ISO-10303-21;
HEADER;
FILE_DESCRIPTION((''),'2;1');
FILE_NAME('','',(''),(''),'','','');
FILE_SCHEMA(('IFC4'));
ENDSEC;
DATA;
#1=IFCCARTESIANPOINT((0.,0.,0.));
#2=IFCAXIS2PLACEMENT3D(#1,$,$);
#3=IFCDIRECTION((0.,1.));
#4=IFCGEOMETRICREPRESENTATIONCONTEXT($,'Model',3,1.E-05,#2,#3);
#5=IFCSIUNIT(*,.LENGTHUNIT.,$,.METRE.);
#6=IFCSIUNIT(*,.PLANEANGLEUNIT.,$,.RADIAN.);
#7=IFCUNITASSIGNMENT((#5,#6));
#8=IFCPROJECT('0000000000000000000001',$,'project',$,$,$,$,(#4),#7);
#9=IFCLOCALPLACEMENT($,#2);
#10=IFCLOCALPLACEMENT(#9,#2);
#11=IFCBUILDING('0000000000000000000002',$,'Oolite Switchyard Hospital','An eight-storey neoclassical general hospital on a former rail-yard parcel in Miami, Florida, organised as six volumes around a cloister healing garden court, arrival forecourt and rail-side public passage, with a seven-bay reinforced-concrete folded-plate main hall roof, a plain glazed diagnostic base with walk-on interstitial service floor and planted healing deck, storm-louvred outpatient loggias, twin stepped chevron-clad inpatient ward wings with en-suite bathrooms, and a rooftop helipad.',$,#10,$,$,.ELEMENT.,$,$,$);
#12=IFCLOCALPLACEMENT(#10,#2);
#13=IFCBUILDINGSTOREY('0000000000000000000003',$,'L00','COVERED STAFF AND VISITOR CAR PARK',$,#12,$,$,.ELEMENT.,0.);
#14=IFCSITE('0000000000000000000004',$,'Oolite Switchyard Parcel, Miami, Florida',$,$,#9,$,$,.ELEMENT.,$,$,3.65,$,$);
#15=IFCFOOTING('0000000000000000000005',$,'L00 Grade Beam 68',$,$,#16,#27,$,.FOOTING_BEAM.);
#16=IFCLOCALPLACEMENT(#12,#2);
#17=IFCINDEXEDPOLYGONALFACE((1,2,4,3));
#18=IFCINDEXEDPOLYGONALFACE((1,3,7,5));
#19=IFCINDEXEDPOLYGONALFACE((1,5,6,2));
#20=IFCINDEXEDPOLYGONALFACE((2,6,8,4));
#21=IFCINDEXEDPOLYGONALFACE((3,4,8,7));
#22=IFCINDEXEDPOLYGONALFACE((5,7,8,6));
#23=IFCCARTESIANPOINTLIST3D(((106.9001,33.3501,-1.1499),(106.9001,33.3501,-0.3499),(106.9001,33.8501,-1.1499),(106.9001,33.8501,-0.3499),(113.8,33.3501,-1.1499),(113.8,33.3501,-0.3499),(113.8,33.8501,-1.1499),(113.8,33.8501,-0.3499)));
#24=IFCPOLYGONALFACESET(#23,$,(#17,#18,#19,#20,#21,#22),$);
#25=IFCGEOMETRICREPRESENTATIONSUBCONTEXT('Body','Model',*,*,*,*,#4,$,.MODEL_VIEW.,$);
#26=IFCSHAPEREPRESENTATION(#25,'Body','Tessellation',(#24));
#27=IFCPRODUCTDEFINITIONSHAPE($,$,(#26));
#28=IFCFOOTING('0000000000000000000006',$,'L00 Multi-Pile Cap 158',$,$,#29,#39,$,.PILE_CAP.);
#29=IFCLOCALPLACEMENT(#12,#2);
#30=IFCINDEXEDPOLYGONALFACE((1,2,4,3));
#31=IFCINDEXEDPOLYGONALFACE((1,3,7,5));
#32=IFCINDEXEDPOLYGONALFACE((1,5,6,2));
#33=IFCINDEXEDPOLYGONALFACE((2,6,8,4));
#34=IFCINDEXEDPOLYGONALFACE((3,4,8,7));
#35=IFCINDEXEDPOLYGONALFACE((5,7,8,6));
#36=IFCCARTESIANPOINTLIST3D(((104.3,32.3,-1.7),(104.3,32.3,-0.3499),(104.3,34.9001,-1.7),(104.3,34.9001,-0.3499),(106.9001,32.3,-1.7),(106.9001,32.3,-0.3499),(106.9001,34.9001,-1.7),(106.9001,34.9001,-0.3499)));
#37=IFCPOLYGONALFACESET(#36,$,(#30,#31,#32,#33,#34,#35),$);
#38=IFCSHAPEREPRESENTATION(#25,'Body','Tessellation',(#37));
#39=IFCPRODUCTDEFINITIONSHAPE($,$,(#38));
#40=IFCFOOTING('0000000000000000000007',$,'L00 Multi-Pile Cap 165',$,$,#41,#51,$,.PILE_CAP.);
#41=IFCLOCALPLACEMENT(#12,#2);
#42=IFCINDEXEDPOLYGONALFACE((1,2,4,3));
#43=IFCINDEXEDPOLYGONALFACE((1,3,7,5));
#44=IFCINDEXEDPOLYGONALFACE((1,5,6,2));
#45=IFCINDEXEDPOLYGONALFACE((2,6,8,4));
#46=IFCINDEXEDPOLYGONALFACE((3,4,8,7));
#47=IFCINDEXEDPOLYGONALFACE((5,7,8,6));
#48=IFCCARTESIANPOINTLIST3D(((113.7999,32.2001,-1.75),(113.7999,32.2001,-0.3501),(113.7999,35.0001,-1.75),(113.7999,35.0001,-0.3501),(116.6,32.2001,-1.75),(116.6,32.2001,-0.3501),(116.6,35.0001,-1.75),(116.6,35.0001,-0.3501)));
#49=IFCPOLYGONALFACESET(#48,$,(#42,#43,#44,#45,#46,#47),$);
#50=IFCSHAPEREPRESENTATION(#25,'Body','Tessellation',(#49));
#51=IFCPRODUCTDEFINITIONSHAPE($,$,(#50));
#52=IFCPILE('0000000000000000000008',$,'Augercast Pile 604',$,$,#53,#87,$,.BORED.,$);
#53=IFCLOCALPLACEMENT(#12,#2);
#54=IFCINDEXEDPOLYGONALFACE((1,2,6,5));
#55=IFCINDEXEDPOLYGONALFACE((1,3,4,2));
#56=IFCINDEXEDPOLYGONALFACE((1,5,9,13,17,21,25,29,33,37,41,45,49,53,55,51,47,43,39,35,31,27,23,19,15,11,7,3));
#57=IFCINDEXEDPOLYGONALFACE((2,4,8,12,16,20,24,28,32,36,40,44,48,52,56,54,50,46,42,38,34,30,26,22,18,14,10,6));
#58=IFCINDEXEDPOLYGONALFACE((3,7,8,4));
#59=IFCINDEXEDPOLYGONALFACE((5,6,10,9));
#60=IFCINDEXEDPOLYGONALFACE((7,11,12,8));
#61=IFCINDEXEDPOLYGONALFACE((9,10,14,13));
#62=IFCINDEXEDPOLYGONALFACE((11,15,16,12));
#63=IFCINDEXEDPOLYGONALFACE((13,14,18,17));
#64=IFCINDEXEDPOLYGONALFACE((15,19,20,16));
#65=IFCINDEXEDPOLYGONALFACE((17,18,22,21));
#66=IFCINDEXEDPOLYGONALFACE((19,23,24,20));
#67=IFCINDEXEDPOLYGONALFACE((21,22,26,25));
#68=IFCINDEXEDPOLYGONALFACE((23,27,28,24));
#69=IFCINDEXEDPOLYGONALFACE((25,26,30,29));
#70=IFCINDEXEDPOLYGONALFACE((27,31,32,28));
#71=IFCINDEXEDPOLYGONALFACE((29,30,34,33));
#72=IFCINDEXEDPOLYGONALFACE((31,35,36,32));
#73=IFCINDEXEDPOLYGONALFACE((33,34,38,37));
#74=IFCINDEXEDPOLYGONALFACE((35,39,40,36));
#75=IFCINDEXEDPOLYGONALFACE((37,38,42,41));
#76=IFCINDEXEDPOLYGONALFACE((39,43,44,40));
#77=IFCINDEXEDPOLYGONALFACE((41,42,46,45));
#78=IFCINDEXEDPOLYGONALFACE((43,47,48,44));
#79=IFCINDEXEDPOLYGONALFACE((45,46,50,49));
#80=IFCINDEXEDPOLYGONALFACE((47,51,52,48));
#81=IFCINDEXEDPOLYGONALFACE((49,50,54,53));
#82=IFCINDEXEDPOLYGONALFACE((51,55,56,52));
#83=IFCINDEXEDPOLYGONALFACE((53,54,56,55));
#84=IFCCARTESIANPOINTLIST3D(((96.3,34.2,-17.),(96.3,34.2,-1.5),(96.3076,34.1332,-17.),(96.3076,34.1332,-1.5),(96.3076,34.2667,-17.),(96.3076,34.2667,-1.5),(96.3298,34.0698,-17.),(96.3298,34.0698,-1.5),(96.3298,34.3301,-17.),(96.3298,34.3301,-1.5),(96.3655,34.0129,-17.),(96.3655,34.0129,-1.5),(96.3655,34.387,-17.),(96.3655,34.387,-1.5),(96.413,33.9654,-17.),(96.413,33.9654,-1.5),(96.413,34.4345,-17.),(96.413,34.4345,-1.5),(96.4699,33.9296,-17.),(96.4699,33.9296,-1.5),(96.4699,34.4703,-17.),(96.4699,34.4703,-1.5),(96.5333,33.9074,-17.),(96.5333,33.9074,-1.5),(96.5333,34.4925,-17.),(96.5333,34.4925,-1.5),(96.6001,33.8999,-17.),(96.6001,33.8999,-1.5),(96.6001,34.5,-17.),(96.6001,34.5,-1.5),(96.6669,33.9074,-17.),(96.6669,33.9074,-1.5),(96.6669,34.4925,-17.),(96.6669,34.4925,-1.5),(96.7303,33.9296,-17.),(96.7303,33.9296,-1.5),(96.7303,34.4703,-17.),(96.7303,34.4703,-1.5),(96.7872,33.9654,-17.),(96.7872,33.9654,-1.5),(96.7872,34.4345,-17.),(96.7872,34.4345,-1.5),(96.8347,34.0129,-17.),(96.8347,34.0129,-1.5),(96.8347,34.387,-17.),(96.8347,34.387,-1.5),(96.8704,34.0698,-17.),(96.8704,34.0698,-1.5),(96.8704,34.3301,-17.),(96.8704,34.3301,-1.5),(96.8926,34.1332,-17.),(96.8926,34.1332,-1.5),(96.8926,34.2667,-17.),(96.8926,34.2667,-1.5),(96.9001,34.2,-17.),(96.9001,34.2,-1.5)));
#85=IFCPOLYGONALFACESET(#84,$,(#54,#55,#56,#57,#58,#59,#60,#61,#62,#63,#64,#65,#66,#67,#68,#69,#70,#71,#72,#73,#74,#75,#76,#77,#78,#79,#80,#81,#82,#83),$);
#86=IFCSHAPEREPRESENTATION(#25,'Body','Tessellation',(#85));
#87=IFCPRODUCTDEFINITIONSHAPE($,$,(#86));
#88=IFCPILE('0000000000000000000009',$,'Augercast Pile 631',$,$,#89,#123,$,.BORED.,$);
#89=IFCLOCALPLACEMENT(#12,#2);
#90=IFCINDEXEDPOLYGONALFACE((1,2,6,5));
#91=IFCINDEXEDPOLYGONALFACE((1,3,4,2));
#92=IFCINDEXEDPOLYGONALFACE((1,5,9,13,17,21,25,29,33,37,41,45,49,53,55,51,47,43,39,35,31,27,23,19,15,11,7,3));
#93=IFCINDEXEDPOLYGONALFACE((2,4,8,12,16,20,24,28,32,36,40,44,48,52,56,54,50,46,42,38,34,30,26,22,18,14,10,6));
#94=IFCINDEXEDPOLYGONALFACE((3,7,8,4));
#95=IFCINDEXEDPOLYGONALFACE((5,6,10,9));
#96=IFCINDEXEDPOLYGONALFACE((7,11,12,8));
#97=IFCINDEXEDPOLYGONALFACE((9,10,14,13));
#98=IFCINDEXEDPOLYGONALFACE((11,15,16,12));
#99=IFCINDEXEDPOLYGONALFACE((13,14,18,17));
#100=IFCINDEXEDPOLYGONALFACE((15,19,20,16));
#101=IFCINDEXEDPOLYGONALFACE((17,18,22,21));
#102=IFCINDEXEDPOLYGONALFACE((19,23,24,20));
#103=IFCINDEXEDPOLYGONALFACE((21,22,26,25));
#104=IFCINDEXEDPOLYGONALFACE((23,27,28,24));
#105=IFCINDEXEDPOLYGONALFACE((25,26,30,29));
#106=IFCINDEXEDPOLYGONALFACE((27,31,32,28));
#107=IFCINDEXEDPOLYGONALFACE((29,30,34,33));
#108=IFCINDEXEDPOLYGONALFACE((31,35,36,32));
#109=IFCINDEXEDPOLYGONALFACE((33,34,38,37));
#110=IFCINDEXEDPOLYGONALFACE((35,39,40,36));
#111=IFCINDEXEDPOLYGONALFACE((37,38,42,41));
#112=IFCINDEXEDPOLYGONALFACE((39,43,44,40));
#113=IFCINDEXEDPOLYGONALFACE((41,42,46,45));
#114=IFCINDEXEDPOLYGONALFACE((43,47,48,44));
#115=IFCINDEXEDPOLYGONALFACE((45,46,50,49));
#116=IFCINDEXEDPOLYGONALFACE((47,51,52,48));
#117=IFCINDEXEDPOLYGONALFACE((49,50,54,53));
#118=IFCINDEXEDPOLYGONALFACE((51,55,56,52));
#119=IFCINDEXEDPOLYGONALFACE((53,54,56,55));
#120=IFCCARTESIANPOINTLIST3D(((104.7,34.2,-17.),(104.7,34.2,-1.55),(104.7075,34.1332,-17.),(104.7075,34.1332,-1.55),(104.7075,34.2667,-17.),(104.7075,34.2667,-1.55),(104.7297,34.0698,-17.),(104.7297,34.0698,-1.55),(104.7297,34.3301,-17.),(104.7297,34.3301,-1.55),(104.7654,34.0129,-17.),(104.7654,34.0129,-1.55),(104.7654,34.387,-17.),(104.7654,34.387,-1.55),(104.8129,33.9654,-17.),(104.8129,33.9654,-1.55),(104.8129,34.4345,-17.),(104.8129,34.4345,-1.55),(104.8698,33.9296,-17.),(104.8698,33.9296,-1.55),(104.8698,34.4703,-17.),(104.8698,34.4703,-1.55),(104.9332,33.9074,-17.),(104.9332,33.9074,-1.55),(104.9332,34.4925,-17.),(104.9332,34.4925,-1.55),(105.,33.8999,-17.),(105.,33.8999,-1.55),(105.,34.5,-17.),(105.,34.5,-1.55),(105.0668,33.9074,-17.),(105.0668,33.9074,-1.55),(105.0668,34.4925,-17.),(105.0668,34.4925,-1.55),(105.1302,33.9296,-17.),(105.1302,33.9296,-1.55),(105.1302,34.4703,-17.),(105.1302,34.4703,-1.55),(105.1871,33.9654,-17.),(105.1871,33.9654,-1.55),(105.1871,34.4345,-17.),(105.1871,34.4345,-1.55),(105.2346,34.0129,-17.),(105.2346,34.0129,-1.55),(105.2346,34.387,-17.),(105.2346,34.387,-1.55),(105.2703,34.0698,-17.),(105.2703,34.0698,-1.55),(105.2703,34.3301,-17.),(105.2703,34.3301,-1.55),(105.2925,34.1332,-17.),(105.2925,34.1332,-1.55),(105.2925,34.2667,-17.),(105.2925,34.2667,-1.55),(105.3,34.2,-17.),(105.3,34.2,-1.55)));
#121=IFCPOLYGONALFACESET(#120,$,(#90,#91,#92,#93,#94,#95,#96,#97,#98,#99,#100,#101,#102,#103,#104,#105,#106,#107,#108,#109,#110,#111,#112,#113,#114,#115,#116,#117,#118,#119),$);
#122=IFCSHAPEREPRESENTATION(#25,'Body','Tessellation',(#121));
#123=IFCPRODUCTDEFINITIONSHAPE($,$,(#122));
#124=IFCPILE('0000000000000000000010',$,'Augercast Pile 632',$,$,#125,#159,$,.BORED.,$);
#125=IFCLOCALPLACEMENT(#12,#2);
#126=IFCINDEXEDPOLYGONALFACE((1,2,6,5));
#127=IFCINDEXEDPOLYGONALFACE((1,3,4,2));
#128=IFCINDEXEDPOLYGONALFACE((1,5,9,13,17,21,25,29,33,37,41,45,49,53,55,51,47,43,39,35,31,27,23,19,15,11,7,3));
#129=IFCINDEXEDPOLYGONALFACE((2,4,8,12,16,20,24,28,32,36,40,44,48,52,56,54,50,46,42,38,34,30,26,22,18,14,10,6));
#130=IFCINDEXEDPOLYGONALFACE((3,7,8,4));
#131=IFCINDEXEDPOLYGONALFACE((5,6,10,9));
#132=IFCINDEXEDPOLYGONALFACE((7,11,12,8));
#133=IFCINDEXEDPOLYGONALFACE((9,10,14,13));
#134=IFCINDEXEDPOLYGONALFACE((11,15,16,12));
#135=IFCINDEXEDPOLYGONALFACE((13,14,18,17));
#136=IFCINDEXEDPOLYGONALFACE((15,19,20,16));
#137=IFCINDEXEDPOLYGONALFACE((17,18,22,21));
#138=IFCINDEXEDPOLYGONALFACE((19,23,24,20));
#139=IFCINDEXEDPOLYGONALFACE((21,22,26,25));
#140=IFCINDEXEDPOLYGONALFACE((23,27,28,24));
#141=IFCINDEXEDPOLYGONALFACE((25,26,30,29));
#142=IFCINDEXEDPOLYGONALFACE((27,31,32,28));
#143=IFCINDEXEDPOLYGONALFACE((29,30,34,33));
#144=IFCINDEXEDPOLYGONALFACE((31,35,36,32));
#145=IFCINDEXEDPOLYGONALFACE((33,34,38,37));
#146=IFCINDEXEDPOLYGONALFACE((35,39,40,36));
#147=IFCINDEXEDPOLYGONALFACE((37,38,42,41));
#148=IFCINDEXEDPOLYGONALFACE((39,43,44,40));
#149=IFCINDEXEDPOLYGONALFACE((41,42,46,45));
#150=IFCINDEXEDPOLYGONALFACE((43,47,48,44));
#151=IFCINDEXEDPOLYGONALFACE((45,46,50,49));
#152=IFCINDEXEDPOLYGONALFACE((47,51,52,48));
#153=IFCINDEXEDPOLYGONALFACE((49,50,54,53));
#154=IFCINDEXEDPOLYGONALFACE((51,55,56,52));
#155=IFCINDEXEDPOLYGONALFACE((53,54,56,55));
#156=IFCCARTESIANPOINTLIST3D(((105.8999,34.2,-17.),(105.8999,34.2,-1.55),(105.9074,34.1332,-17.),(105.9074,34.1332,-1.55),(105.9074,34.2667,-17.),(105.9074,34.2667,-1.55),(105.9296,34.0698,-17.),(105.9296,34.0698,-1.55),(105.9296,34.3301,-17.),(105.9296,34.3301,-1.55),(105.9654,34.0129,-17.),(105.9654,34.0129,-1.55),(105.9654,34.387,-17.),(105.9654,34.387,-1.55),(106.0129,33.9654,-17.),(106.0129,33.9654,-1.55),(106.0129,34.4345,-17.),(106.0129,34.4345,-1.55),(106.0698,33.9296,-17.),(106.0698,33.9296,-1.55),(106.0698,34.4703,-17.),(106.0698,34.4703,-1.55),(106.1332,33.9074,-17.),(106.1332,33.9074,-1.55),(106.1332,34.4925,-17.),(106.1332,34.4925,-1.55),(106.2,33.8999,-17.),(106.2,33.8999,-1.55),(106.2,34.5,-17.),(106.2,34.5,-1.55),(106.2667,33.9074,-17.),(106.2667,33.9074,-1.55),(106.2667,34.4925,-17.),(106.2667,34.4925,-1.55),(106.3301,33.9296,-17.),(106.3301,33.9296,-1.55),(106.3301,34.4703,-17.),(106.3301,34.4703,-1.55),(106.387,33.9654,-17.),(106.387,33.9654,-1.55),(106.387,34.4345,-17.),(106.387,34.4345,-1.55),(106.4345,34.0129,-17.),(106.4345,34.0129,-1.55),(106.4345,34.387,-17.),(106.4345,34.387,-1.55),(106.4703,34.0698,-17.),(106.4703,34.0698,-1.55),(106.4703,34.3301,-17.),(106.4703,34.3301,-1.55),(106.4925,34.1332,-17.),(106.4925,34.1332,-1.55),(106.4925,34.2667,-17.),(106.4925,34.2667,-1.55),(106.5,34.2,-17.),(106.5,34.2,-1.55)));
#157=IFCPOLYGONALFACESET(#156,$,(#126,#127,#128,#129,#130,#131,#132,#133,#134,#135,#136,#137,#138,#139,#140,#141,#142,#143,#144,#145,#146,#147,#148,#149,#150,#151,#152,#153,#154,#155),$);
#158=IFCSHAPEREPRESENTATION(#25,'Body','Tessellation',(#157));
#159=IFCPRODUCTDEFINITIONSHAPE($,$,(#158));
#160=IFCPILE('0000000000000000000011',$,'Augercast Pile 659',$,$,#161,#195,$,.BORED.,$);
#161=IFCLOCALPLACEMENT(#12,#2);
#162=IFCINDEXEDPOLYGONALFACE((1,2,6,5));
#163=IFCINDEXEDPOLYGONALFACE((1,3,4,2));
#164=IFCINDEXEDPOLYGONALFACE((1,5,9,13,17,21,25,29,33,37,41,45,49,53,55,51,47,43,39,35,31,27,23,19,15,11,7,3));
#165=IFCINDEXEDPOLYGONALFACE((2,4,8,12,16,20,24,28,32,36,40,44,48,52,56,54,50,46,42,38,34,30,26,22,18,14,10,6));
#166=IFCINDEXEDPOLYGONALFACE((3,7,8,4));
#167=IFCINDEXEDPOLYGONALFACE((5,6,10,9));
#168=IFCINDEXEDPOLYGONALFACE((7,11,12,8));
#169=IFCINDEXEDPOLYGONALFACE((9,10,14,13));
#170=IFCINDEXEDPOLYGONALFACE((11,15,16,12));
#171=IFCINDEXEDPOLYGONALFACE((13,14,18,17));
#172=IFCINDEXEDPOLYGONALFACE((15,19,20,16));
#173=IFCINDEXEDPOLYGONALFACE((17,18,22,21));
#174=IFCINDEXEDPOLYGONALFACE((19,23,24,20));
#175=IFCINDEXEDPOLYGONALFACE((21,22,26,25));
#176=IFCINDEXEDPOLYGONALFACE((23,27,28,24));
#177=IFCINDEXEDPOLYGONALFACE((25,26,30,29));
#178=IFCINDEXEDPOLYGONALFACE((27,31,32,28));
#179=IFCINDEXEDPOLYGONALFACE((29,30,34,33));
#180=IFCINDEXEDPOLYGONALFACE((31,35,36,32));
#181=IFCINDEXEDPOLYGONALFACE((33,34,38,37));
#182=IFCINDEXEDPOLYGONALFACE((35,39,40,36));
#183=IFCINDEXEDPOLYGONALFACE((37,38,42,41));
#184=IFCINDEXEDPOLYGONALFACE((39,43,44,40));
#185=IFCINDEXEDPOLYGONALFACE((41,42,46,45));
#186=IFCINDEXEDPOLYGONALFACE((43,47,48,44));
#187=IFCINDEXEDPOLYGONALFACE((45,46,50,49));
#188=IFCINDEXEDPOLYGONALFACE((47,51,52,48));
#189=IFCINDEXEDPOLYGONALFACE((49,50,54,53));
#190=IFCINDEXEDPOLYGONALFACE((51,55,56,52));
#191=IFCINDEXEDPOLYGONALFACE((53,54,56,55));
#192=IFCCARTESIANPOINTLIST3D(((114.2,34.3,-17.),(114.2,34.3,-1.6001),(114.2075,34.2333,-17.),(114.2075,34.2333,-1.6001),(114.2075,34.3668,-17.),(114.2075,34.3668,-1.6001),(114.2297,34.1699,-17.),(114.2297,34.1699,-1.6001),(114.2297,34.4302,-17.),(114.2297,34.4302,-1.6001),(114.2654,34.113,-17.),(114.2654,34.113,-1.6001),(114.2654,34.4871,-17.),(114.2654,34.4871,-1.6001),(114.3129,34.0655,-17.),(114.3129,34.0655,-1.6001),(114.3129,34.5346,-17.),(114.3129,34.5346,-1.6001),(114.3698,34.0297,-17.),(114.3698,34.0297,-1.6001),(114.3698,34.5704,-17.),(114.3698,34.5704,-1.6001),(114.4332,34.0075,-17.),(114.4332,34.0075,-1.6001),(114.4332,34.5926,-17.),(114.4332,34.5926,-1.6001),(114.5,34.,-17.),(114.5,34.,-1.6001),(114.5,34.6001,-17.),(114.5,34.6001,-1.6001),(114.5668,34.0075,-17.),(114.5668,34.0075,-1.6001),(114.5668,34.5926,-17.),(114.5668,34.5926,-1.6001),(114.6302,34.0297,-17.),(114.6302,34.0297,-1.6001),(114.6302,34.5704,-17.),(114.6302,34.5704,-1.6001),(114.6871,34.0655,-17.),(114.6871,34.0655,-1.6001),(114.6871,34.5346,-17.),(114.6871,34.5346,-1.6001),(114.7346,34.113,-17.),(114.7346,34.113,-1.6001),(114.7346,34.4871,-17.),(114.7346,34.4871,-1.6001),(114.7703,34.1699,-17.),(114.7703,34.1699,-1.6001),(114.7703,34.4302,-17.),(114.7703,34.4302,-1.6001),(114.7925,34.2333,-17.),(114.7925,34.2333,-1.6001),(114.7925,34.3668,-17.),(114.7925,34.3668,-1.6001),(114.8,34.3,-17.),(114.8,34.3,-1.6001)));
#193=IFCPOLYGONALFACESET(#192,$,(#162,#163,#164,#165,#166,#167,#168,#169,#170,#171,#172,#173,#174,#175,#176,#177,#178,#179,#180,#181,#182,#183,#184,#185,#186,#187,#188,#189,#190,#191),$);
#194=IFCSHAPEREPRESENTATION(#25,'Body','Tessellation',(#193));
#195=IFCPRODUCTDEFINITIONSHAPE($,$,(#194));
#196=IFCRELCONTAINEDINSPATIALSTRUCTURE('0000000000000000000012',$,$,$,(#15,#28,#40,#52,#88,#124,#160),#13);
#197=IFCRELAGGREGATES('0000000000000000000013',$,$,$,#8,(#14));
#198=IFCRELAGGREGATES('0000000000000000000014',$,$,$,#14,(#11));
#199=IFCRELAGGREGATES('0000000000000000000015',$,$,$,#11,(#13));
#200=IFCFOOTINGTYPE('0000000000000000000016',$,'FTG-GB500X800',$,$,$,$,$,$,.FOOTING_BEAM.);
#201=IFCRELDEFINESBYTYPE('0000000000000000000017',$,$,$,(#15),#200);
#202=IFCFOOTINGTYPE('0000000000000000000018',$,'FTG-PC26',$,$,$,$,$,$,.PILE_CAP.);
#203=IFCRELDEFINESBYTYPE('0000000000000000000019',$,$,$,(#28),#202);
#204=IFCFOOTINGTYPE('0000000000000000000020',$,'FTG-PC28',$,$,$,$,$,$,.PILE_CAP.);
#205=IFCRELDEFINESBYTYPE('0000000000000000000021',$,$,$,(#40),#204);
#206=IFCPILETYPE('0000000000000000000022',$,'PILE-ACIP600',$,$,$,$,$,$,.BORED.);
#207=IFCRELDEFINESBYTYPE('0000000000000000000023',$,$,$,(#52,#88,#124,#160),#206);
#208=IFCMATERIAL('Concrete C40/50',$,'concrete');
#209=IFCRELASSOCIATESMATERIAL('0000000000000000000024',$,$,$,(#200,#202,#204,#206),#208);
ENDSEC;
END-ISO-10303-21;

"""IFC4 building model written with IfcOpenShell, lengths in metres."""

from ifc_helpers import new_model, si_unit, direction, frame, origin, origin_2d, place, context, subcontext, project, spatial, rectangle, circle, extrude, material, material_profile, profile_set, type_object, element, save


model = new_model("IFC4")

# Units and contexts
model_context = context("Model", 3, precision=1e-05, world=origin(), true_north=direction((0.0, 1.0)))
body_context = subcontext(model_context, "Body", "Model", "MODEL_VIEW")
ifc_project = project(units=[si_unit("LENGTHUNIT", "METRE"), si_unit("PLANEANGLEUNIT", "RADIAN")], contexts=[model_context])

# Site, building, storey
site_placement = place(None, origin())
site = spatial("IfcSite", under=ifc_project, at=site_placement, Name="Oolite Switchyard Parcel, Miami, Florida", CompositionType="ELEMENT", RefElevation=3.65)
building_placement = place(site_placement, origin())
building = spatial("IfcBuilding", under=site, at=building_placement, Name="Oolite Switchyard Hospital", Description="An eight-storey neoclassical general hospital on a former rail-yard parcel in Miami, Florida, organised as six volumes around a cloister healing garden court, arrival forecourt and rail-side public passage, with a seven-bay reinforced-concrete folded-plate main hall roof, a plain glazed diagnostic base with walk-on interstitial service floor and planted healing deck, storm-louvred outpatient loggias, twin stepped chevron-clad inpatient ward wings with en-suite bathrooms, and a rooftop helipad.", CompositionType="ELEMENT")
storey_placement = place(building_placement, origin())
storey = spatial("IfcBuildingStorey", under=building, at=storey_placement, Name="L00", Description="COVERED STAFF AND VISITOR CAR PARK", CompositionType="ELEMENT", Elevation=0.0)

# Footings
ifc_material_1 = material(Name="Concrete C40/50", Category="concrete")
footing_type_1 = type_object("IfcFootingType", Name="FTG-GB500X800", PredefinedType="FOOTING_BEAM", material=ifc_material_1)
footing_1_placement = place(storey_placement, frame((110.3501, 33.6001, -1.1499), z_axis=(0.0, 0.0, 1.0), x_axis=(1.0, 0.0, 0.0)))
element("IfcFooting", 1, at=footing_1_placement, inside=storey, type_object=footing_type_1, Name="L00 Grade Beam 68", PredefinedType="FOOTING_BEAM", context=body_context, shape_type="SweptSolid", body=[
    extrude(rectangle(XDim=6.8999, YDim=0.5, at=origin_2d()), origin(), (0.0, 0.0, 1.0), 0.8),
])
footing_type_2 = type_object("IfcFootingType", Name="FTG-PC26", PredefinedType="PILE_CAP", material=ifc_material_1)
footing_2_placement = place(storey_placement, frame((105.6001, 33.6001, -1.7), z_axis=(0.0, 0.0, 1.0), x_axis=(1.0, 0.0, 0.0)))
element("IfcFooting", 2, at=footing_2_placement, inside=storey, type_object=footing_type_2, Name="L00 Multi-Pile Cap 158", PredefinedType="PILE_CAP", context=body_context, shape_type="SweptSolid", body=[
    extrude(rectangle(XDim=2.6001, YDim=2.6001, at=origin_2d()), origin(), (0.0, 0.0, 1.0), 1.3501),
])
footing_type_3 = type_object("IfcFootingType", Name="FTG-PC28", PredefinedType="PILE_CAP", material=ifc_material_1)
footing_3_placement = place(storey_placement, frame((115.2, 33.6001, -1.75), z_axis=(0.0, 0.0, 1.0), x_axis=(1.0, 0.0, 0.0)))
element("IfcFooting", 3, at=footing_3_placement, inside=storey, type_object=footing_type_3, Name="L00 Multi-Pile Cap 165", PredefinedType="PILE_CAP", context=body_context, shape_type="SweptSolid", body=[
    extrude(rectangle(XDim=2.8, YDim=2.8, at=origin_2d()), origin(), (0.0, 0.0, 1.0), 1.3999),
])

# Piles
ifc_material_profile_1 = material_profile(ifc_material_1, circle(Radius=0.3, at=origin_2d()), Name="PILE600")
ifc_profile_set_1 = profile_set([ifc_material_profile_1], Name="Concrete C40/50")
pile_type = type_object("IfcPileType", Name="PILE-ACIP600", PredefinedType="BORED", material=ifc_profile_set_1)
pile_1_placement = place(storey_placement, frame((96.6001, 34.2, -1.5), z_axis=(0.0, 0.0, -1.0), x_axis=(1.0, 0.0, 0.0)))
element("IfcPile", 4, at=pile_1_placement, inside=storey, type_object=pile_type, Name="Augercast Pile 604", PredefinedType="BORED", context=body_context, shape_type="SweptSolid", body=[
    extrude(circle(Radius=0.3, at=origin_2d()), origin(), (0.0, 0.0, 1.0), 15.5),
])
for number, where, z_axis, x_axis, name in (
    (5, (105.0, 34.2, -1.55), (0.0, 0.0, -1.0), (1.0, 0.0, 0.0), "Augercast Pile 631"),
    (6, (106.2, 34.2, -1.55), (0.0, 0.0, -1.0), (1.0, 0.0, 0.0), "Augercast Pile 632"),
):
    element("IfcPile", number, at=place(storey_placement, frame(where, z_axis=z_axis, x_axis=x_axis)), inside=storey, type_object=pile_type, Name=name, PredefinedType="BORED", context=body_context, shape_type="SweptSolid", body=[
        extrude(circle(Radius=0.3, at=origin_2d()), origin(), (0.0, 0.0, 1.0), 15.45),
    ])
pile_2_placement = place(storey_placement, frame((114.5, 34.3, -1.6001), z_axis=(0.0, 0.0, -1.0), x_axis=(1.0, 0.0, 0.0)))
element("IfcPile", 7, at=pile_2_placement, inside=storey, type_object=pile_type, Name="Augercast Pile 659", PredefinedType="BORED", context=body_context, shape_type="SweptSolid", body=[
    extrude(circle(Radius=0.3, at=origin_2d()), origin(), (0.0, 0.0, 1.0), 15.3999),
])

save(model, "model.ifc")
